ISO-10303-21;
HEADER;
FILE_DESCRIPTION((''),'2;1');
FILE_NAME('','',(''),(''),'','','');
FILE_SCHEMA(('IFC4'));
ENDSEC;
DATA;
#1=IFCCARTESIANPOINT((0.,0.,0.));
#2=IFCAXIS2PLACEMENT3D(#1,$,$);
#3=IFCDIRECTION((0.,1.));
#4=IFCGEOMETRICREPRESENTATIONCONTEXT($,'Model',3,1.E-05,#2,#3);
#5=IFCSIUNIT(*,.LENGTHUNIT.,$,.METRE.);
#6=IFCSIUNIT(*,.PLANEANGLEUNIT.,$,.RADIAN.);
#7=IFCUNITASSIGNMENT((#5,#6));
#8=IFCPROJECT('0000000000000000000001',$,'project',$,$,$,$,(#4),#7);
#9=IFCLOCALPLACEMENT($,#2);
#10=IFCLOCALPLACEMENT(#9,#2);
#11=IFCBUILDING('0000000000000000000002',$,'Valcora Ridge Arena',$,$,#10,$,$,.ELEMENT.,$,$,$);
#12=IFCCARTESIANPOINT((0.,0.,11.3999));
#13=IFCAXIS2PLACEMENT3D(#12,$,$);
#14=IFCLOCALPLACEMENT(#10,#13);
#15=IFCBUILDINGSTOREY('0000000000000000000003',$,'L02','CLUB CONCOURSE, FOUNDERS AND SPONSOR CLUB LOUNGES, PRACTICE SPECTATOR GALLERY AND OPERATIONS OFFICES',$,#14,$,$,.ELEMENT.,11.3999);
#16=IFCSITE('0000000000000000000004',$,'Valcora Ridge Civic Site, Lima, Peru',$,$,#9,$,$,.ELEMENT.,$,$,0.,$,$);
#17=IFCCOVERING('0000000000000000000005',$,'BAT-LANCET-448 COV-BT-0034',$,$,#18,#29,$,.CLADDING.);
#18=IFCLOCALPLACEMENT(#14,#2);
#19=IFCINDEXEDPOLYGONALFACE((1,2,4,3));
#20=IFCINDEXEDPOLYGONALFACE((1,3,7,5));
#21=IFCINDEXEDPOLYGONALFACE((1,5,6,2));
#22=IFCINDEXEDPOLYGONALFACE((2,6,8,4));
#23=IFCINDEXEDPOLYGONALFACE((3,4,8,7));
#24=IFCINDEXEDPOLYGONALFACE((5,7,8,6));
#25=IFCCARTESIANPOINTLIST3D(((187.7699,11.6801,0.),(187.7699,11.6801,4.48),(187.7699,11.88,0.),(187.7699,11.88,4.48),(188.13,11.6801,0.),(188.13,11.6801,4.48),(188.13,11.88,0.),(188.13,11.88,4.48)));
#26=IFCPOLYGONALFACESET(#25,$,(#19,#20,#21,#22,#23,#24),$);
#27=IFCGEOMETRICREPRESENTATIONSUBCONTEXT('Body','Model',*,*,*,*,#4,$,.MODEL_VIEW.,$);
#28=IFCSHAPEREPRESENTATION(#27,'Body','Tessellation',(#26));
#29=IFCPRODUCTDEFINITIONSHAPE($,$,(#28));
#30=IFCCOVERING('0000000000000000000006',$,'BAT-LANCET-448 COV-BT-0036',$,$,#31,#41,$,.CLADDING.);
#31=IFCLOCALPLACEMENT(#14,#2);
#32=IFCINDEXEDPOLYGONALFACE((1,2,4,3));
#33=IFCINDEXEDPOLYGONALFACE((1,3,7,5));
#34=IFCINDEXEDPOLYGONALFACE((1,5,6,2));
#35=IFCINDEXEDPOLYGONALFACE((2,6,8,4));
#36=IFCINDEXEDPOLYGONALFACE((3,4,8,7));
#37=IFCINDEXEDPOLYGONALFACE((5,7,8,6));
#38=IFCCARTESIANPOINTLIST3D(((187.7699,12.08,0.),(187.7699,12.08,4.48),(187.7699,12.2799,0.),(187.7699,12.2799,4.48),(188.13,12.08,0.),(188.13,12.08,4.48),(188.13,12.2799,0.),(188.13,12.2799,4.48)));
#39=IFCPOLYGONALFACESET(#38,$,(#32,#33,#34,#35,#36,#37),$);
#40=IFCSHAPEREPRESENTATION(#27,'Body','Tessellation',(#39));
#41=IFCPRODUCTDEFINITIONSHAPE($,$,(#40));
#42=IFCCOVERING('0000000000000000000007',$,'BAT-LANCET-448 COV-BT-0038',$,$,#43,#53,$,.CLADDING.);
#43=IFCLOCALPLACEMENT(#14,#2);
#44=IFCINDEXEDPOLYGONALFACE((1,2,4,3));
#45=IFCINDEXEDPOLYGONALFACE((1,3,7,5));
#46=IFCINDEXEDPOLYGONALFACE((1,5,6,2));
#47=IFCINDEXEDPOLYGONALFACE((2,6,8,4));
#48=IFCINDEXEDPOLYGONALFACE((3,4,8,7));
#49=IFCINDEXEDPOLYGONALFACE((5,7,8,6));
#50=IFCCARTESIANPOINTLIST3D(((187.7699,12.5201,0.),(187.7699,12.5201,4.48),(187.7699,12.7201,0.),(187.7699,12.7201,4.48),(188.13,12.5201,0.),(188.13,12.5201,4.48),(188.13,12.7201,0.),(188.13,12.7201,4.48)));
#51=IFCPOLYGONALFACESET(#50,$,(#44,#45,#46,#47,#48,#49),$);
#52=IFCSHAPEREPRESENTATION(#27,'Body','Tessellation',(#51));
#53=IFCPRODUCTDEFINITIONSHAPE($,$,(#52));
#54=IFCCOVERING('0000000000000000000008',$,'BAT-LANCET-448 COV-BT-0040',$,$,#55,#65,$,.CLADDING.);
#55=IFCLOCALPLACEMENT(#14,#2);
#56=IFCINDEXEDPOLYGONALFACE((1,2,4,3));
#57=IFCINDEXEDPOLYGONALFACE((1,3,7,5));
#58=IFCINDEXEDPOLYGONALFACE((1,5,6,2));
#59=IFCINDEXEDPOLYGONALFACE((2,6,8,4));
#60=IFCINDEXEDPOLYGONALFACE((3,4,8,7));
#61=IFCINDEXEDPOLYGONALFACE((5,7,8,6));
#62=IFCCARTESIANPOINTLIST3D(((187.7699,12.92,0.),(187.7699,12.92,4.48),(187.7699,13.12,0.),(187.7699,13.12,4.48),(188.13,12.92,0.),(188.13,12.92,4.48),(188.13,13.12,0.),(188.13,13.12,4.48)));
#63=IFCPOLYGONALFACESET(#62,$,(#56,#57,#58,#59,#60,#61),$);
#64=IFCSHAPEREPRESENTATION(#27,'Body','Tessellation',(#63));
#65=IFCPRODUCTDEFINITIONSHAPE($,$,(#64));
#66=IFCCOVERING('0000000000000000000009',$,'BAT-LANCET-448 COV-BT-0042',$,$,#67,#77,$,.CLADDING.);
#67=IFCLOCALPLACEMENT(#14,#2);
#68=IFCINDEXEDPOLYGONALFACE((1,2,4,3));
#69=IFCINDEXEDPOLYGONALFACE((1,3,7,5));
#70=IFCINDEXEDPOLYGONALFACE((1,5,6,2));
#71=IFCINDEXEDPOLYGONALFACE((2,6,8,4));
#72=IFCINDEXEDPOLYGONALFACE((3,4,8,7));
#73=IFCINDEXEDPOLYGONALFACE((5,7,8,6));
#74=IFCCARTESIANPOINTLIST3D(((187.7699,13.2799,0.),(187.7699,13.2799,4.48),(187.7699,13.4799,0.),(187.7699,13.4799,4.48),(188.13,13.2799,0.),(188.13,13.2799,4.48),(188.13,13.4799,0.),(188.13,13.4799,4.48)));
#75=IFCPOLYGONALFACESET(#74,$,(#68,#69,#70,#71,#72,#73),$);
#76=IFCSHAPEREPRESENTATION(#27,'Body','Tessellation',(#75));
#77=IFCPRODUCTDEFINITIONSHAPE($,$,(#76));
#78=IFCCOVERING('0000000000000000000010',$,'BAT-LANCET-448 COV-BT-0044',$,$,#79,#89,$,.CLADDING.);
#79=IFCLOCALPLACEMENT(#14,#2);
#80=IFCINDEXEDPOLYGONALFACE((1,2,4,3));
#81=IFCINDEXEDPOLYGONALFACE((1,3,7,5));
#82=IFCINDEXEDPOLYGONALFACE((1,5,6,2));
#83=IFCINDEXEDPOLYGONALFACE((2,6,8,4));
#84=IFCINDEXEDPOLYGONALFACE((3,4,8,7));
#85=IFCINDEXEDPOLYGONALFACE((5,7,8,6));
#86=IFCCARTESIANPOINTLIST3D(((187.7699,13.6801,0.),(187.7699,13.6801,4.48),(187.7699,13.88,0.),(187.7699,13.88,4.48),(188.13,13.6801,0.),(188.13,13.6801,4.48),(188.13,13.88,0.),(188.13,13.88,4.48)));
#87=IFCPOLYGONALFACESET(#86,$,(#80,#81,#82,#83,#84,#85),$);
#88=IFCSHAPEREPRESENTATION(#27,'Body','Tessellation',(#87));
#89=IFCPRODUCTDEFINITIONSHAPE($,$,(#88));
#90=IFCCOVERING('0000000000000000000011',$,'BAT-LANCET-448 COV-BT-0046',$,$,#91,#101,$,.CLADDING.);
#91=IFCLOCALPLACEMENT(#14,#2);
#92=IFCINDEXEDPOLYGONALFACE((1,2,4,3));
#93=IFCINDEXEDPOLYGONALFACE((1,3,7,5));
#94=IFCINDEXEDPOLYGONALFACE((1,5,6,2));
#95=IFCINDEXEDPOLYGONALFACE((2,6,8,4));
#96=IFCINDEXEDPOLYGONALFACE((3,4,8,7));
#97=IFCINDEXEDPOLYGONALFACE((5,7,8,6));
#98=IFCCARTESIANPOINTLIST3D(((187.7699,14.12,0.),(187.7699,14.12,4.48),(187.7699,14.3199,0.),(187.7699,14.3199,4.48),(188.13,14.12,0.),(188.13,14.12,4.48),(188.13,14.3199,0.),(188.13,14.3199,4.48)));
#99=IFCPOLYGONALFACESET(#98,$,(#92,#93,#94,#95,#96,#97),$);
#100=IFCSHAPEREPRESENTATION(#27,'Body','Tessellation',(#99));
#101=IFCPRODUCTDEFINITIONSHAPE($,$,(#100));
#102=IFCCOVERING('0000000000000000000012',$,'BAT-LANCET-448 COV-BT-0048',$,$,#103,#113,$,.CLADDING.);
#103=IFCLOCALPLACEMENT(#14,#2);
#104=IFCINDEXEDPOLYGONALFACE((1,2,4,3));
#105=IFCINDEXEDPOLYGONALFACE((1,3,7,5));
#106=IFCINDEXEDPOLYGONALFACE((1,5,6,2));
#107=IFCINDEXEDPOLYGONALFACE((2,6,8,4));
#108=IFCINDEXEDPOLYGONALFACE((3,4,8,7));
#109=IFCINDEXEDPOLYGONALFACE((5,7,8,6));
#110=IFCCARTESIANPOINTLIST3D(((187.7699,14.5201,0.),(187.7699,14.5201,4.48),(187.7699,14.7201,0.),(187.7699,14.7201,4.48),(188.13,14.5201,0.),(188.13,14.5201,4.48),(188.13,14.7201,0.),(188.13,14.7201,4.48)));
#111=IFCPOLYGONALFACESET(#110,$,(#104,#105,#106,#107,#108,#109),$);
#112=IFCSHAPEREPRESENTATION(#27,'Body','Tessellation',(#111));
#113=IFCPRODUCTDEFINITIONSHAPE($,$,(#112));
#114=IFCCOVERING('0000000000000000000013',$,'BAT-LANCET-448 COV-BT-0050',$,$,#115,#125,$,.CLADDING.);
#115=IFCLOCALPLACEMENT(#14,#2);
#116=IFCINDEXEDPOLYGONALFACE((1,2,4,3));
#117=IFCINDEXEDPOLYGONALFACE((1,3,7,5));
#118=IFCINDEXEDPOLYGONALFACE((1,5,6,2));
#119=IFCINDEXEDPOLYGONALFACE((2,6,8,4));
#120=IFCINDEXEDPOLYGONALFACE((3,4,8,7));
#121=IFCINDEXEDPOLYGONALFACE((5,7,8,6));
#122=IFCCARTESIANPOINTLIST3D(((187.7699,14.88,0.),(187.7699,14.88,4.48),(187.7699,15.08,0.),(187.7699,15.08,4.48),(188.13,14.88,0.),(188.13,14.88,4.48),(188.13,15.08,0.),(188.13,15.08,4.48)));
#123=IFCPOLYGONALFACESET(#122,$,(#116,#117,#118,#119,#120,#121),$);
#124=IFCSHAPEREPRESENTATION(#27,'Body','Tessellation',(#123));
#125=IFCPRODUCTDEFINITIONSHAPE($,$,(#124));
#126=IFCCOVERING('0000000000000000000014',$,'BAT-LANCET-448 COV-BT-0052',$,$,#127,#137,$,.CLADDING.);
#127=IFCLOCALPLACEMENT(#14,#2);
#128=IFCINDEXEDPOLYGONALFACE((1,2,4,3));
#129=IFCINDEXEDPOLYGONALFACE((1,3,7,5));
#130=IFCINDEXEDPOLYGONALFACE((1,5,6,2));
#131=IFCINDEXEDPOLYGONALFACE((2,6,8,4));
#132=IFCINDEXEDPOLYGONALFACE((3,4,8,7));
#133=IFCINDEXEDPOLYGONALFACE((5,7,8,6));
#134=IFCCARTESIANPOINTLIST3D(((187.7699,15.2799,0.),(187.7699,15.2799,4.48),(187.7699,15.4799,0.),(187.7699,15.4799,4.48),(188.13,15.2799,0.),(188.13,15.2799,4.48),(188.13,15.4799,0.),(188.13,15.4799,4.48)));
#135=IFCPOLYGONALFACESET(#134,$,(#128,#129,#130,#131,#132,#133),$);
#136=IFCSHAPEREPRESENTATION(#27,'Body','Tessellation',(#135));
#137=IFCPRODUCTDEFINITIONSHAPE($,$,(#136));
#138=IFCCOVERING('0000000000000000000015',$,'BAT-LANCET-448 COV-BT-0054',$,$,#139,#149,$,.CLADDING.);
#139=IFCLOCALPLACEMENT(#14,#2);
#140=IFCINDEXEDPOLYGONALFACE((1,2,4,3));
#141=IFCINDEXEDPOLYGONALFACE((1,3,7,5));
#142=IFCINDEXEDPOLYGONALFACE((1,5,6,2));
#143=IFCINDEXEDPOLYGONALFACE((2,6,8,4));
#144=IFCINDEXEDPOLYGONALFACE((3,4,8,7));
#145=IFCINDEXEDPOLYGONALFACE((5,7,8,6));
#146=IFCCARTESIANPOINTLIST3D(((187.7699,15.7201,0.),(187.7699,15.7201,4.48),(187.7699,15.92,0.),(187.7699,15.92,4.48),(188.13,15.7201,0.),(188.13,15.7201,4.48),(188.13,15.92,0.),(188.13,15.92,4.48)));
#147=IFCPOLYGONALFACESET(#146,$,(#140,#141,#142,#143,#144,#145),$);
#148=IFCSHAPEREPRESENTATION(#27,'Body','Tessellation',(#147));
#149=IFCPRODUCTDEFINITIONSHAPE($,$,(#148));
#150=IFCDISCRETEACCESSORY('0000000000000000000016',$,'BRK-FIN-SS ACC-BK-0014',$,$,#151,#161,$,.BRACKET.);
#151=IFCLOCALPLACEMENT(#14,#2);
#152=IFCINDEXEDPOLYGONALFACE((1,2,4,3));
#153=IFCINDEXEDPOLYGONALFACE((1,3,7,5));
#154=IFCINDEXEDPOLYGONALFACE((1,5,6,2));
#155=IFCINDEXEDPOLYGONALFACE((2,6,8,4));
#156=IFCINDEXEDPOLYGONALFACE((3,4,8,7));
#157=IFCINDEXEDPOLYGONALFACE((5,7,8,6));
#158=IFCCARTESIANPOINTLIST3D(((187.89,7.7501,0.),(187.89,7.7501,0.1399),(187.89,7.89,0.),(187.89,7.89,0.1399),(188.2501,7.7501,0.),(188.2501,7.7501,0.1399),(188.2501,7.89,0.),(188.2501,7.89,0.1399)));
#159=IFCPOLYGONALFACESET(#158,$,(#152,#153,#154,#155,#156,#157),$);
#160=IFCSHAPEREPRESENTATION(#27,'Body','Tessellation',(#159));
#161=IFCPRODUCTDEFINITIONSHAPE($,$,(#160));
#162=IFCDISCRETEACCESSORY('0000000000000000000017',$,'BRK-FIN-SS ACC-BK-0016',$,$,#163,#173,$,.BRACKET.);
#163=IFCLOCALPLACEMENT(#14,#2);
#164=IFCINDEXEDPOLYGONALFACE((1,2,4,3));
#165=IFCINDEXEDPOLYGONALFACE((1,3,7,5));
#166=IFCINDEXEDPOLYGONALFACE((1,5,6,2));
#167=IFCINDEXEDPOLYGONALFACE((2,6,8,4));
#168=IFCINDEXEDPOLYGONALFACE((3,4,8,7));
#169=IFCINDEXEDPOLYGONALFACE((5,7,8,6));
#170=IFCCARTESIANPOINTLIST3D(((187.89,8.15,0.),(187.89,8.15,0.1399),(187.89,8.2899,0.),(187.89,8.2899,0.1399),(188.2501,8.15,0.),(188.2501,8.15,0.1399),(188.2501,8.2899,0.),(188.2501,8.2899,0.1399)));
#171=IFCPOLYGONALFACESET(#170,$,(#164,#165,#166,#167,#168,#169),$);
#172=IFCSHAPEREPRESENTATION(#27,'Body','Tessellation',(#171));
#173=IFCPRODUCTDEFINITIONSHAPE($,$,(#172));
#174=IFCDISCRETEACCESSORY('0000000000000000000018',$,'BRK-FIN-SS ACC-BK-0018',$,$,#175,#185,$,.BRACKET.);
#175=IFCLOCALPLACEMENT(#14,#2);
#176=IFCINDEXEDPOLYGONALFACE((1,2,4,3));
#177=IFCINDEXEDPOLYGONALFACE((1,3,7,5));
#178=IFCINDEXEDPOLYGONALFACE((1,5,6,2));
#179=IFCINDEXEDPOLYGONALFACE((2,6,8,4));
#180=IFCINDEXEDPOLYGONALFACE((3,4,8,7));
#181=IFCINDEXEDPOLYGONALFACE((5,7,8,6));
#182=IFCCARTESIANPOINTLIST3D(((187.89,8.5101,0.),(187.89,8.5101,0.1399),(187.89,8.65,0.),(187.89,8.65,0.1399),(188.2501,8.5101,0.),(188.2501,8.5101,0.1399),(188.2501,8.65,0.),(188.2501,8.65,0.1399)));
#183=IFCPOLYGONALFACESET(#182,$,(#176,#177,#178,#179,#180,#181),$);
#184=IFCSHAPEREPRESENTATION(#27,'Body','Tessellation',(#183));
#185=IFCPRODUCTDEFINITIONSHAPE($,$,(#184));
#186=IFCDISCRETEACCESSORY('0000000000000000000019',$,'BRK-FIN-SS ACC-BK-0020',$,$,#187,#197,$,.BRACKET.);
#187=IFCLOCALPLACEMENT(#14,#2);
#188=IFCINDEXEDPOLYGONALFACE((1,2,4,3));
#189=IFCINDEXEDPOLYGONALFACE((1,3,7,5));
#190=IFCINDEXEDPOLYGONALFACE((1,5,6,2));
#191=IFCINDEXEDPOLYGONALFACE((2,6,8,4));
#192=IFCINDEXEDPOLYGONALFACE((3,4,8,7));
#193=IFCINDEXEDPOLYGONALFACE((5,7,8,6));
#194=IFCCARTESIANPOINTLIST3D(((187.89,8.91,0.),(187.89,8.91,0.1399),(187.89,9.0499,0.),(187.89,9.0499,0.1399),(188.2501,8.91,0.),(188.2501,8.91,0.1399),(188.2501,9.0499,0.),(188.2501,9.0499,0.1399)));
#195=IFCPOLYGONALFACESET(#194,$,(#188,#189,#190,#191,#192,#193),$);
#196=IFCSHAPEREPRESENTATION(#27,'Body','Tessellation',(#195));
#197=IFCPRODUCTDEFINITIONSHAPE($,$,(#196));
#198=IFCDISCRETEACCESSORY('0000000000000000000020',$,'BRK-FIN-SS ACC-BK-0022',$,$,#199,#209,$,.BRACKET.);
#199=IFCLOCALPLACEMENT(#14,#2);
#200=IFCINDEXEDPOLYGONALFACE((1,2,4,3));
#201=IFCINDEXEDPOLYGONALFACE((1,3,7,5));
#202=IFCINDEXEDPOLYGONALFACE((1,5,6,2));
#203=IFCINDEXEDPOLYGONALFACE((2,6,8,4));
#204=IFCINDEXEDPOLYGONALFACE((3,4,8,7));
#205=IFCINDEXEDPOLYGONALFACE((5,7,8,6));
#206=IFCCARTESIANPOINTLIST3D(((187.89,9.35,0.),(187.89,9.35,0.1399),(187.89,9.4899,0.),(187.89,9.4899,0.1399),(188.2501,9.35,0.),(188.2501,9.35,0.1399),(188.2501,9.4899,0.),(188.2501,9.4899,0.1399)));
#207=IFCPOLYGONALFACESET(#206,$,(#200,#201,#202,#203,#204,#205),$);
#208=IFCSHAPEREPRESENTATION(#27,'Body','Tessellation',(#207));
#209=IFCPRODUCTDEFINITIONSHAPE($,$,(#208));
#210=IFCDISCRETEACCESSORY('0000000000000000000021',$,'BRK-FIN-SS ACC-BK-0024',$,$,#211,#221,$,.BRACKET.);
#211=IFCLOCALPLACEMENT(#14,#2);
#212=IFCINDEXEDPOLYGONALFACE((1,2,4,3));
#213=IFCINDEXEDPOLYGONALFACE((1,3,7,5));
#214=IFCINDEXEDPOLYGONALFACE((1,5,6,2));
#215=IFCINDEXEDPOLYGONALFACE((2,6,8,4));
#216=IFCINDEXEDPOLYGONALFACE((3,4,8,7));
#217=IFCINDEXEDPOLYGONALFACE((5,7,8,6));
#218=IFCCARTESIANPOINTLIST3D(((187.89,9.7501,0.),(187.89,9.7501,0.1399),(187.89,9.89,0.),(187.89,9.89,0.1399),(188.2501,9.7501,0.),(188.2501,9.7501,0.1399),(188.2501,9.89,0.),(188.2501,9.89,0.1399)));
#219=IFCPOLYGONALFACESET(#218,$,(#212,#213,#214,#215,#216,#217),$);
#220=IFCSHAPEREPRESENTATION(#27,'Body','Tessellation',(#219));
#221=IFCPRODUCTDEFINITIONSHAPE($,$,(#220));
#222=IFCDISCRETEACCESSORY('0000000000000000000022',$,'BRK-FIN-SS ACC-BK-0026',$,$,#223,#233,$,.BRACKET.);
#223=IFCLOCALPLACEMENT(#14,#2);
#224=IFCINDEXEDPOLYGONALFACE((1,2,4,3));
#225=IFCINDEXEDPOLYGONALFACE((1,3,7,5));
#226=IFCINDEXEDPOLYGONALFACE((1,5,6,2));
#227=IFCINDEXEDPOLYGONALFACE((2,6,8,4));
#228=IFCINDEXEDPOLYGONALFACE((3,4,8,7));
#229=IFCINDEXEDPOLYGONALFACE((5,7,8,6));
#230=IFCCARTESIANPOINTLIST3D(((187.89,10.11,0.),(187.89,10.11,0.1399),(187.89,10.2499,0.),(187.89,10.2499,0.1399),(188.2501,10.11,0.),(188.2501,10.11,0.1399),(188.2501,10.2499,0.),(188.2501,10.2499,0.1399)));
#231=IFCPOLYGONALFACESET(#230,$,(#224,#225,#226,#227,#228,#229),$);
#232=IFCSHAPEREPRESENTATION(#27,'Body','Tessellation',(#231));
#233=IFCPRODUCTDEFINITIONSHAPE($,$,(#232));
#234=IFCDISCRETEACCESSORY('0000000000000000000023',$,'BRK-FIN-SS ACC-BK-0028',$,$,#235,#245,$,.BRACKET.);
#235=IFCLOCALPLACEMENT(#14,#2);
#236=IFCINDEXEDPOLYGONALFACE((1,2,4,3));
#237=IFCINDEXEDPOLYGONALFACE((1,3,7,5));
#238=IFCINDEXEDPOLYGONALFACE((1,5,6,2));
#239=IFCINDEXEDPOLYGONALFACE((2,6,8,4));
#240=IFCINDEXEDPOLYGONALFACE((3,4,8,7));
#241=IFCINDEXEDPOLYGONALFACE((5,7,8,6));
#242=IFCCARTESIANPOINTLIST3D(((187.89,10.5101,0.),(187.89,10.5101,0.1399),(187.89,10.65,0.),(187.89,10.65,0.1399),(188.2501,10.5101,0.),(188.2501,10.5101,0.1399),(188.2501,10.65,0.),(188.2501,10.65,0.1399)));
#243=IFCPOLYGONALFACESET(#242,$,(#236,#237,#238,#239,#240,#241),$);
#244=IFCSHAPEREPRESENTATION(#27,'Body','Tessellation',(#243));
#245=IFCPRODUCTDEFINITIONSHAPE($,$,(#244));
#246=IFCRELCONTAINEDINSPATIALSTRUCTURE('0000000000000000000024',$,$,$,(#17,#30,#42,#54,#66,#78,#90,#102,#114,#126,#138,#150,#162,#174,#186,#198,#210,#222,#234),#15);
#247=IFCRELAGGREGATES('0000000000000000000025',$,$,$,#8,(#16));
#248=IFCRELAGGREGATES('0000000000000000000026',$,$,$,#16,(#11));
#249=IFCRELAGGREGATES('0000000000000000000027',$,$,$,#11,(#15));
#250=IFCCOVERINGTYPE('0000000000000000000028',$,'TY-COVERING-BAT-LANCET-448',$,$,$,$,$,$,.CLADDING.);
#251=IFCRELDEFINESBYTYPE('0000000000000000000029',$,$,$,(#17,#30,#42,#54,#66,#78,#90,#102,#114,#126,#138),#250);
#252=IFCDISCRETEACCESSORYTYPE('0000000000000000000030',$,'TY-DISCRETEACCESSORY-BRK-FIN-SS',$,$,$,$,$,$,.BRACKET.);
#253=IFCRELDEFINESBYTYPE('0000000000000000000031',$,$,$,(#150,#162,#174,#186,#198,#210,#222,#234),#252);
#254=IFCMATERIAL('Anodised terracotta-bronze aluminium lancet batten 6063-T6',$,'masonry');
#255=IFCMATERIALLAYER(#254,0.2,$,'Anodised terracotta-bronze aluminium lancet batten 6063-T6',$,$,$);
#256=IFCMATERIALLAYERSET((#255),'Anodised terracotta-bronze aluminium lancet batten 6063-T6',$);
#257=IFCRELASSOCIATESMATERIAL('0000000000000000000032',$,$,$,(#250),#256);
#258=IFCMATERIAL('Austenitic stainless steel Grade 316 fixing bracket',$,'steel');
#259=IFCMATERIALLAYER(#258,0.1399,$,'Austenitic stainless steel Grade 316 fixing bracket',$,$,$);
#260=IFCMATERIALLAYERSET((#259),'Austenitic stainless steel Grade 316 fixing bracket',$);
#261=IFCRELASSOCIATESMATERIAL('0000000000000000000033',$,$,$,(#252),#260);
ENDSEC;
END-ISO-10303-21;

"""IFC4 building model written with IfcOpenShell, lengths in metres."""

from ifc_helpers import new_model, si_unit, direction, frame, origin, origin_2d, place, context, subcontext, project, spatial, rectangle, extrude, material, layer, layer_set, type_object, element, save


model = new_model("IFC4")

# Units and contexts
model_context = context("Model", 3, precision=1e-05, world=origin(), true_north=direction((0.0, 1.0)))
body_context = subcontext(model_context, "Body", "Model", "MODEL_VIEW")
ifc_project = project(units=[si_unit("LENGTHUNIT", "METRE"), si_unit("PLANEANGLEUNIT", "RADIAN")], contexts=[model_context])

# Site, building, storey
site_placement = place(None, origin())
site = spatial("IfcSite", under=ifc_project, at=site_placement, Name="Valcora Ridge Civic Site, Lima, Peru", CompositionType="ELEMENT", RefElevation=0.0)
building_placement = place(site_placement, origin())
building = spatial("IfcBuilding", under=site, at=building_placement, Name="Valcora Ridge Arena", CompositionType="ELEMENT")
storey_placement = place(building_placement, frame((0.0, 0.0, 11.3999)))
storey = spatial("IfcBuildingStorey", under=building, at=storey_placement, Name="L02", Description="CLUB CONCOURSE, FOUNDERS AND SPONSOR CLUB LOUNGES, PRACTICE SPECTATOR GALLERY AND OPERATIONS OFFICES", CompositionType="ELEMENT", Elevation=11.3999)

# Coverings
ifc_material_1 = material(Name="Anodised terracotta-bronze aluminium lancet batten 6063-T6", Category="masonry")
ifc_layer_1 = layer(ifc_material_1, 0.2, Name="Anodised terracotta-bronze aluminium lancet batten 6063-T6")
ifc_layer_set_1 = layer_set([ifc_layer_1], Name="Anodised terracotta-bronze aluminium lancet batten 6063-T6")
covering_type = type_object("IfcCoveringType", Name="TY-COVERING-BAT-LANCET-448", PredefinedType="CLADDING", material=ifc_layer_set_1)
for number, where, z_axis, x_axis, name in (
    (1, (187.95, 11.78, 0.0), (0.0, 0.0, 1.0), (1.0, 0.0, 0.0), "BAT-LANCET-448 COV-BT-0034"),
    (2, (187.95, 12.1799, 0.0), (0.0, 0.0, 1.0), (1.0, 0.0, 0.0), "BAT-LANCET-448 COV-BT-0036"),
    (3, (187.95, 12.6201, 0.0), (0.0, 0.0, 1.0), (1.0, 0.0, 0.0), "BAT-LANCET-448 COV-BT-0038"),
    (4, (187.95, 13.02, 0.0), (0.0, 0.0, 1.0), (1.0, 0.0, 0.0), "BAT-LANCET-448 COV-BT-0040"),
    (5, (187.95, 13.3799, 0.0), (0.0, 0.0, 1.0), (1.0, 0.0, 0.0), "BAT-LANCET-448 COV-BT-0042"),
    (6, (187.95, 13.78, 0.0), (0.0, 0.0, 1.0), (1.0, 0.0, 0.0), "BAT-LANCET-448 COV-BT-0044"),
    (7, (187.95, 14.22, 0.0), (0.0, 0.0, 1.0), (1.0, 0.0, 0.0), "BAT-LANCET-448 COV-BT-0046"),
    (8, (187.95, 14.6201, 0.0), (0.0, 0.0, 1.0), (1.0, 0.0, 0.0), "BAT-LANCET-448 COV-BT-0048"),
    (9, (187.95, 14.98, 0.0), (0.0, 0.0, 1.0), (1.0, 0.0, 0.0), "BAT-LANCET-448 COV-BT-0050"),
    (10, (187.95, 15.3799, 0.0), (0.0, 0.0, 1.0), (1.0, 0.0, 0.0), "BAT-LANCET-448 COV-BT-0052"),
    (11, (187.95, 15.8201, 0.0), (0.0, 0.0, 1.0), (1.0, 0.0, 0.0), "BAT-LANCET-448 COV-BT-0054"),
):
    element("IfcCovering", number, at=place(storey_placement, frame(where, z_axis=z_axis, x_axis=x_axis)), inside=storey, type_object=covering_type, Name=name, PredefinedType="CLADDING", context=body_context, shape_type="SweptSolid", body=[
        extrude(rectangle(XDim=0.3601, YDim=0.2, at=origin_2d()), origin(), (0.0, 0.0, 1.0), 4.48),
    ])

# Discrete accessories
ifc_material_2 = material(Name="Austenitic stainless steel Grade 316 fixing bracket", Category="steel")
ifc_layer_2 = layer(ifc_material_2, 0.1399, Name="Austenitic stainless steel Grade 316 fixing bracket")
ifc_layer_set_2 = layer_set([ifc_layer_2], Name="Austenitic stainless steel Grade 316 fixing bracket")
discrete_accessory_type = type_object("IfcDiscreteAccessoryType", Name="TY-DISCRETEACCESSORY-BRK-FIN-SS", PredefinedType="BRACKET", material=ifc_layer_set_2)
for number, where, z_axis, x_axis, name in (
    (12, (188.0701, 7.8201, 0.0), (0.0, 0.0, 1.0), (1.0, 0.0, 0.0), "BRK-FIN-SS ACC-BK-0014"),
    (13, (188.0701, 8.22, 0.0), (0.0, 0.0, 1.0), (1.0, 0.0, 0.0), "BRK-FIN-SS ACC-BK-0016"),
    (14, (188.0701, 8.5801, 0.0), (0.0, 0.0, 1.0), (1.0, 0.0, 0.0), "BRK-FIN-SS ACC-BK-0018"),
    (15, (188.0701, 8.98, 0.0), (0.0, 0.0, 1.0), (1.0, 0.0, 0.0), "BRK-FIN-SS ACC-BK-0020"),
    (16, (188.0701, 9.4199, 0.0), (0.0, 0.0, 1.0), (1.0, 0.0, 0.0), "BRK-FIN-SS ACC-BK-0022"),
    (17, (188.0701, 9.8201, 0.0), (0.0, 0.0, 1.0), (1.0, 0.0, 0.0), "BRK-FIN-SS ACC-BK-0024"),
    (18, (188.0701, 10.1799, 0.0), (0.0, 0.0, 1.0), (1.0, 0.0, 0.0), "BRK-FIN-SS ACC-BK-0026"),
    (19, (188.0701, 10.5801, 0.0), (0.0, 0.0, 1.0), (1.0, 0.0, 0.0), "BRK-FIN-SS ACC-BK-0028"),
):
    element("IfcDiscreteAccessory", number, at=place(storey_placement, frame(where, z_axis=z_axis, x_axis=x_axis)), inside=storey, type_object=discrete_accessory_type, Name=name, PredefinedType="BRACKET", context=body_context, shape_type="SweptSolid", body=[
        extrude(rectangle(XDim=0.3601, YDim=0.1399, at=origin_2d()), origin(), (0.0, 0.0, 1.0), 0.1399),
    ])

save(model, "model.ifc")
